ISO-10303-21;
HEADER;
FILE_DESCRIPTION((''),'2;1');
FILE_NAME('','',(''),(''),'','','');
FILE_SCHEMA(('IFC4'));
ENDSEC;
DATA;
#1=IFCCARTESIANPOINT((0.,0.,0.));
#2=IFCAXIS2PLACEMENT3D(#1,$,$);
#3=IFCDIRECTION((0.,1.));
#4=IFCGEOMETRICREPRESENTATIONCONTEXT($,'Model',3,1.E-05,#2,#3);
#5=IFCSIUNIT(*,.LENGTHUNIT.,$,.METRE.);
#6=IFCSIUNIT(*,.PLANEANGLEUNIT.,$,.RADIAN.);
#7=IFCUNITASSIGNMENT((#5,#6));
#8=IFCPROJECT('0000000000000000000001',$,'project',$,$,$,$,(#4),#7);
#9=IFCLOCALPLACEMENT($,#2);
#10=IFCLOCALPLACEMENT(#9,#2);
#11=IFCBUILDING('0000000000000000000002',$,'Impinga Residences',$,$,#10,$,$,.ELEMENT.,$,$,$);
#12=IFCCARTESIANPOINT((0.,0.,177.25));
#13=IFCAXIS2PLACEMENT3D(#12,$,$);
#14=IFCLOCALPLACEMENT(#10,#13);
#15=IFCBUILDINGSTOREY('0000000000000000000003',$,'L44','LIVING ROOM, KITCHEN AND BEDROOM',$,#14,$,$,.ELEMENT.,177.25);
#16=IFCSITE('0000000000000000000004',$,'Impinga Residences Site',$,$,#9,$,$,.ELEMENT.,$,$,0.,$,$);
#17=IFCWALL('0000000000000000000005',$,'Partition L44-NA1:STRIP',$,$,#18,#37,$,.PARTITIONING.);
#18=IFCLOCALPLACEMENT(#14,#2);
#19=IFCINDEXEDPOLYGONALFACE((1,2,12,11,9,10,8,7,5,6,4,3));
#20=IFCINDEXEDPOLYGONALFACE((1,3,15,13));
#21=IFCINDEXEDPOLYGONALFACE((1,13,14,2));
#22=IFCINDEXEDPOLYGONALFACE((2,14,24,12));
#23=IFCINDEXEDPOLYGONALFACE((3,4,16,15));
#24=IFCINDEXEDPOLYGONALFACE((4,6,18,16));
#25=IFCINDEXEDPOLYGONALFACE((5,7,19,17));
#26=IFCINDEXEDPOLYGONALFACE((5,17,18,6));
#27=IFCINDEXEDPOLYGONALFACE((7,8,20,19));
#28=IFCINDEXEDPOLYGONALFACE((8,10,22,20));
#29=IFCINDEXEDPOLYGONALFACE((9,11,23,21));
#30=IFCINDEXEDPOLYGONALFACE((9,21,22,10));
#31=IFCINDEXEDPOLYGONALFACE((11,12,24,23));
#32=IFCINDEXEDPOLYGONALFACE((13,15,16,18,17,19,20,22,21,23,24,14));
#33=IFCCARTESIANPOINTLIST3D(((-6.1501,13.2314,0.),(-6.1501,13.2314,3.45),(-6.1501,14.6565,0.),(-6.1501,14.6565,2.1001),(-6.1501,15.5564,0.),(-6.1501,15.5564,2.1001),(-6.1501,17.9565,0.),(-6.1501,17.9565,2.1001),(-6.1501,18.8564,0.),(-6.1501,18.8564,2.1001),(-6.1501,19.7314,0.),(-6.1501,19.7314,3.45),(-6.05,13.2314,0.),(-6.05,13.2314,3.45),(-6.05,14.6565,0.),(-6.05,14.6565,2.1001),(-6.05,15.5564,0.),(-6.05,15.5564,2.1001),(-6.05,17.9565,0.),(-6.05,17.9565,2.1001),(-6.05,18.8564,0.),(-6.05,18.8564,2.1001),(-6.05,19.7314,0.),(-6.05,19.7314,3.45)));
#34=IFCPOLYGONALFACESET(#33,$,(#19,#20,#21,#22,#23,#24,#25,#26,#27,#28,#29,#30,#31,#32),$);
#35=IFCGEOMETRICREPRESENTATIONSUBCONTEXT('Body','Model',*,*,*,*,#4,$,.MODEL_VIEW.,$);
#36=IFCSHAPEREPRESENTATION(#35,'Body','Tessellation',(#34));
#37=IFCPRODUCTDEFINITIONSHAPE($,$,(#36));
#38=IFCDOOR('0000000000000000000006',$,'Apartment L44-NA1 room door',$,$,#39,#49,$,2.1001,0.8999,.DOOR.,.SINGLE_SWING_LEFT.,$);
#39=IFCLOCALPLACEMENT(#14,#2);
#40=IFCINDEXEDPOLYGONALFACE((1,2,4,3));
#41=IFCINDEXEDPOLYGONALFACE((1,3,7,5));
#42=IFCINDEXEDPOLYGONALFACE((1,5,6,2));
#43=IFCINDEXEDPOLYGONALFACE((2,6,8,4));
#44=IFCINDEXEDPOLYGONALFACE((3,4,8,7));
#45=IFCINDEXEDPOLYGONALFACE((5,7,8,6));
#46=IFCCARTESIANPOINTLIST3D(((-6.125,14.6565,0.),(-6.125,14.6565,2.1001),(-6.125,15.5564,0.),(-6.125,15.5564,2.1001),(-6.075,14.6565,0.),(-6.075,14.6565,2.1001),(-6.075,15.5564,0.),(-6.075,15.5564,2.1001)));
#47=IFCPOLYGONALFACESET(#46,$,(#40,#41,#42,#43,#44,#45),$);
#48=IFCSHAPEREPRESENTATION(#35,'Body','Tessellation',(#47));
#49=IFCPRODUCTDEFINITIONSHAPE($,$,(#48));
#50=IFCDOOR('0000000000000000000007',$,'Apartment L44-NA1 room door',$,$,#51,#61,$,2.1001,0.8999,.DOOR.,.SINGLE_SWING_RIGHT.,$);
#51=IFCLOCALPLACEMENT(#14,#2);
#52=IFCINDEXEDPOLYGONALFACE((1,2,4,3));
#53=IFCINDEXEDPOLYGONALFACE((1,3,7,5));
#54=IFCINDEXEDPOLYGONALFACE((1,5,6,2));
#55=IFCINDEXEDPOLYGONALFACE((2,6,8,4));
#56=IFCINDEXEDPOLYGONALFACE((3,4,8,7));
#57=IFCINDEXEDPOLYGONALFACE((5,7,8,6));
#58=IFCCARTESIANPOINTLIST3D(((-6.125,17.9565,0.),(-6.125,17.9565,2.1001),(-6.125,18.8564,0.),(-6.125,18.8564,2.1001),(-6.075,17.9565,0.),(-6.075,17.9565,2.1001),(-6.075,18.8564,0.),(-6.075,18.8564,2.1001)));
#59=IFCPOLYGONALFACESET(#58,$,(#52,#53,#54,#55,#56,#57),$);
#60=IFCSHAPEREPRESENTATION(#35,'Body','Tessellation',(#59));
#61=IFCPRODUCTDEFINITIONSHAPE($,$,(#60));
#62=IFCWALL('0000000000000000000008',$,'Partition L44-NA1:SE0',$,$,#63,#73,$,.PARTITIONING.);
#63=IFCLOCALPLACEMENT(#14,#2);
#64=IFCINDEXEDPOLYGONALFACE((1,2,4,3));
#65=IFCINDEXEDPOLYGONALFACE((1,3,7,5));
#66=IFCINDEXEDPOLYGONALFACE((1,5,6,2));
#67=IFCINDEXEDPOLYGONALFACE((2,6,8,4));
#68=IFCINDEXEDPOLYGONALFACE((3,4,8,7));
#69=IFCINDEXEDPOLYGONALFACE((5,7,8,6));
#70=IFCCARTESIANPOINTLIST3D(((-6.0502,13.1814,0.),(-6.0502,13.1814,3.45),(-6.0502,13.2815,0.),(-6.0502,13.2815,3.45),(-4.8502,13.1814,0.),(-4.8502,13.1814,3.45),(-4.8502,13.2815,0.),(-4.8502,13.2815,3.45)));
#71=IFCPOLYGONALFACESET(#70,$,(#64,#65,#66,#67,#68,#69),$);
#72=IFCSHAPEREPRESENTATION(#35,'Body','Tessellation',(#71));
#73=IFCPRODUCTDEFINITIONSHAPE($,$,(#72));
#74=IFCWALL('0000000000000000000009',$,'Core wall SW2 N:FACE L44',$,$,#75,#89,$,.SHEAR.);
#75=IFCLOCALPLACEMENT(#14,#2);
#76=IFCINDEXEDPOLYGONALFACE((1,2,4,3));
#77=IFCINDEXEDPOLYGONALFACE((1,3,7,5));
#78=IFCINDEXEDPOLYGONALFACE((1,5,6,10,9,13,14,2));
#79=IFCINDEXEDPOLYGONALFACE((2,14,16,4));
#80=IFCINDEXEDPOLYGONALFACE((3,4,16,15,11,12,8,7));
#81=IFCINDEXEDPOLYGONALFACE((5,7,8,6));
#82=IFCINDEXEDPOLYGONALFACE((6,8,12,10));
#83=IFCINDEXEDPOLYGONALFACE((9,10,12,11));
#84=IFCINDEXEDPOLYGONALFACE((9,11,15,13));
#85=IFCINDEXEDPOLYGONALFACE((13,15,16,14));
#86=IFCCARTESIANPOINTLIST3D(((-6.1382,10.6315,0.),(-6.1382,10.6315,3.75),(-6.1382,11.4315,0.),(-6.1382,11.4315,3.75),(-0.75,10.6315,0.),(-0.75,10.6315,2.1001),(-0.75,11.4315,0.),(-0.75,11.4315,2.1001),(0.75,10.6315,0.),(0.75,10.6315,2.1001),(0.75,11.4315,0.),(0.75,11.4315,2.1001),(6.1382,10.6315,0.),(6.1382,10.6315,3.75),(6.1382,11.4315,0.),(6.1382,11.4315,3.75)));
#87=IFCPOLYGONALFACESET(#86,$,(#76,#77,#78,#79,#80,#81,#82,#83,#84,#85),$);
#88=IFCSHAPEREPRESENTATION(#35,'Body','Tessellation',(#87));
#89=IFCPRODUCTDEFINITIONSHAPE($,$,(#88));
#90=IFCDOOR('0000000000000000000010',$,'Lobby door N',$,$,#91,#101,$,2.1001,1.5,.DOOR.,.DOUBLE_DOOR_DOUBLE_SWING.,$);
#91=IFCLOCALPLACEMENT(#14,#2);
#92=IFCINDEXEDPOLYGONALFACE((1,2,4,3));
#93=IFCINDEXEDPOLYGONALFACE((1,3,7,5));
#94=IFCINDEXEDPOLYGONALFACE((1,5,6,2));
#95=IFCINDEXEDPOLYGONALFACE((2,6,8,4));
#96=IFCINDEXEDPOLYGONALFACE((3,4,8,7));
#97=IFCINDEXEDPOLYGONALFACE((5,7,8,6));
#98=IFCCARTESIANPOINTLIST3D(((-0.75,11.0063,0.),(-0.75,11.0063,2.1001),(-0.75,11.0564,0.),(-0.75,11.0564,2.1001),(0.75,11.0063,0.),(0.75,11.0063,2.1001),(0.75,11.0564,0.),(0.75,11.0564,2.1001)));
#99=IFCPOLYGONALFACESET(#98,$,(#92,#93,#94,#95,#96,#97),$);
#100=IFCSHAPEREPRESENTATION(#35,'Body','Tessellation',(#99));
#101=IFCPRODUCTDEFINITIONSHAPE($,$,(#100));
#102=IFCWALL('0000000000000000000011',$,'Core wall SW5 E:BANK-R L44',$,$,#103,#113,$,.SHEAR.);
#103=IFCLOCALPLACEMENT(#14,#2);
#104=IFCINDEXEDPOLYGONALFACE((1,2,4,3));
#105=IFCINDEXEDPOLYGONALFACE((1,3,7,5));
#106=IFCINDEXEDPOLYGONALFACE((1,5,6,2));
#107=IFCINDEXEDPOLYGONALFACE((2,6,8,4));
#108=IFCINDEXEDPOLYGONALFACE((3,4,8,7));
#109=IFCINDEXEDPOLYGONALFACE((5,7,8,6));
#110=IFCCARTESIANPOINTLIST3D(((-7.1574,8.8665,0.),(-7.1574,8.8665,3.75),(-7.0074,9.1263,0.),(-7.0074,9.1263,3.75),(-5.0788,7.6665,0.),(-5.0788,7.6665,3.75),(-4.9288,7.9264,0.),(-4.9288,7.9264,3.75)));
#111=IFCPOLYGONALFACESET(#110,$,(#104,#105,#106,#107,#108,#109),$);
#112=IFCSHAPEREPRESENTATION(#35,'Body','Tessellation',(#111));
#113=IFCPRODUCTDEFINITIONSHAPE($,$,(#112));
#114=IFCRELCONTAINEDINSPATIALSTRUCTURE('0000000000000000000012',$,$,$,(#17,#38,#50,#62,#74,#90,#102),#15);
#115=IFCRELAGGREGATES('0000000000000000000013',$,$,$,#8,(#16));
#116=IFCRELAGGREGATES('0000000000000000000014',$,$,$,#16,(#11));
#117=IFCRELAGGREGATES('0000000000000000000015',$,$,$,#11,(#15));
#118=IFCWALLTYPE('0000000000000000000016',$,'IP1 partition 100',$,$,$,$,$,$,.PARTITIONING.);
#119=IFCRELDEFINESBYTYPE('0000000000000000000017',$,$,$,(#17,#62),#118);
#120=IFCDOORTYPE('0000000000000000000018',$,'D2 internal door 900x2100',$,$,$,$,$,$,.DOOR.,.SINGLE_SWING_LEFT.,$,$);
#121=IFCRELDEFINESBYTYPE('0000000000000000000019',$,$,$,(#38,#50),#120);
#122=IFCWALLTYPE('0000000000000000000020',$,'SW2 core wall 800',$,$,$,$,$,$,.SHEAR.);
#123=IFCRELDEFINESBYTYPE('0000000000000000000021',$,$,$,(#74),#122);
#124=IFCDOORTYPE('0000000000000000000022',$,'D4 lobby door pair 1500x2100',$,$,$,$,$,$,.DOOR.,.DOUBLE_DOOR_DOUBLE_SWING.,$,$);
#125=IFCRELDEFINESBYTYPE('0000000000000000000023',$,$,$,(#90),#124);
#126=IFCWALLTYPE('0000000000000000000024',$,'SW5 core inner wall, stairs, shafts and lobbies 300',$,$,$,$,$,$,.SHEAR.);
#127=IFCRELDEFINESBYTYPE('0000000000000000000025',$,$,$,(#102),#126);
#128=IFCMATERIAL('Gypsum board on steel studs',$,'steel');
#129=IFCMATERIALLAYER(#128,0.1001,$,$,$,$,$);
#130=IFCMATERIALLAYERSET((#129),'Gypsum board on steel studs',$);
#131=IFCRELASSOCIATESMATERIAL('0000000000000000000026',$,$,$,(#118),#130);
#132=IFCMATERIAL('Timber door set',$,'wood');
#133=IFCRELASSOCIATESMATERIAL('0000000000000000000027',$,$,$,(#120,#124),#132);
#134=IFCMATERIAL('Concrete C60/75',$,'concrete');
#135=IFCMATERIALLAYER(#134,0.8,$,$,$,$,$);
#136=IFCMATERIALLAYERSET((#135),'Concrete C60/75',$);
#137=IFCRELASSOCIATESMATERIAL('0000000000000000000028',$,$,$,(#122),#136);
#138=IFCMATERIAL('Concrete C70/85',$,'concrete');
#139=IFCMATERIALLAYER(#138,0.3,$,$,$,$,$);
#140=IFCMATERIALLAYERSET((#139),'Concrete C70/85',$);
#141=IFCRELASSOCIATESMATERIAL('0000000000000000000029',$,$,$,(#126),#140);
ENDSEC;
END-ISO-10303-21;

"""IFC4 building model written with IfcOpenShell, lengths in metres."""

from ifc_helpers import new_model, si_unit, direction, frame, frame_2d, origin, place, context, subcontext, project, spatial, rectangle, extrude, material, layer, layer_set, type_object, element, fill, save


model = new_model("IFC4")

# Units and contexts
model_context = context("Model", 3, precision=1e-05, world=origin(), true_north=direction((0.0, 1.0)))
body_context = subcontext(model_context, "Body", "Model", "MODEL_VIEW")
ifc_project = project(units=[si_unit("LENGTHUNIT", "METRE"), si_unit("PLANEANGLEUNIT", "RADIAN")], contexts=[model_context])

# Site, building, storey
site_placement = place(None, origin())
site = spatial("IfcSite", under=ifc_project, at=site_placement, Name="Impinga Residences Site", CompositionType="ELEMENT", RefElevation=0.0)
building_placement = place(site_placement, origin())
building = spatial("IfcBuilding", under=site, at=building_placement, Name="Impinga Residences", CompositionType="ELEMENT")
storey_placement = place(building_placement, frame((0.0, 0.0, 177.25)))
storey = spatial("IfcBuildingStorey", under=building, at=storey_placement, Name="L44", Description="LIVING ROOM, KITCHEN AND BEDROOM", CompositionType="ELEMENT", Elevation=177.25)

# Shared definitions
ifc_material_1 = material(Name="Concrete C60/75", Category="concrete")

# Shared definitions
ifc_material_2 = material(Name="Timber door set", Category="wood")

# Shared definitions
ifc_material_3 = material(Name="Gypsum board on steel studs", Category="steel")
ifc_layer_1 = layer(ifc_material_3, 0.1001)
ifc_layer_set_1 = layer_set([ifc_layer_1], Name="Gypsum board on steel studs")
wall_type_1 = type_object("IfcWallType", Name="IP1 partition 100", PredefinedType="PARTITIONING", material=ifc_layer_set_1)

# Wall, openings, doors
wall_1_placement = place(storey_placement, frame((-6.1001, 13.2314, 0.0), z_axis=(0.0, 0.0, 1.0), x_axis=(0.0, 1.0, 0.0)))
wall_1 = element("IfcWall", 1, at=wall_1_placement, inside=storey, type_object=wall_type_1, Name="Partition L44-NA1:STRIP", PredefinedType="PARTITIONING", context=body_context, shape_type="SweptSolid", body=[
    extrude(rectangle(XDim=6.5, YDim=0.1001, at=frame_2d((3.25, 0.0))), origin(), (0.0, 0.0, 1.0), 3.45),
])
opening_1_placement = place(wall_1_placement, frame((1.425, 0.0, 0.0)))
opening_1 = element("IfcOpeningElement", 2, at=opening_1_placement, cuts=wall_1, PredefinedType="OPENING", context=body_context, shape_type="SweptSolid", body=[
    extrude(rectangle(XDim=0.8999, YDim=2.1001, at=frame_2d((0.45, 1.05))), frame((0.0, 0.0601, 0.0), z_axis=(0.0, -1.0, 0.0), x_axis=(1.0, 0.0, 0.0)), (0.0, 0.0, 1.0), 0.1201),
])
opening_2_placement = place(wall_1_placement, frame((4.7251, 0.0, 0.0)))
opening_2 = element("IfcOpeningElement", 3, at=opening_2_placement, cuts=wall_1, PredefinedType="OPENING", context=body_context, shape_type="SweptSolid", body=[
    extrude(rectangle(XDim=0.8999, YDim=2.1001, at=frame_2d((0.45, 1.05))), frame((0.0, 0.0601, 0.0), z_axis=(0.0, -1.0, 0.0), x_axis=(1.0, 0.0, 0.0)), (0.0, 0.0, 1.0), 0.1201),
])
door_type_1 = type_object("IfcDoorType", Name="D2 internal door 900x2100", OperationType="SINGLE_SWING_LEFT", PredefinedType="DOOR", material=ifc_material_2)
door_1_placement = place(opening_1_placement, origin())
door_1 = element("IfcDoor", 4, at=door_1_placement, inside=storey, type_object=door_type_1, Name="Apartment L44-NA1 room door", OperationType="SINGLE_SWING_LEFT", OverallHeight=2.1001, OverallWidth=0.8999, PredefinedType="DOOR", context=body_context, shape_type="SweptSolid", body=[
    extrude(rectangle(XDim=0.8999, YDim=2.1001, at=frame_2d((0.45, 1.05))), frame((0.0, 0.0249, 0.0), z_axis=(0.0, -1.0, 0.0), x_axis=(1.0, 0.0, 0.0)), (0.0, 0.0, 1.0), 0.05),
])
fill(opening_1, door_1)
door_2_placement = place(opening_2_placement, origin())
door_2 = element("IfcDoor", 5, at=door_2_placement, inside=storey, type_object=door_type_1, Name="Apartment L44-NA1 room door", OperationType="SINGLE_SWING_RIGHT", OverallHeight=2.1001, OverallWidth=0.8999, PredefinedType="DOOR", context=body_context, shape_type="SweptSolid", body=[
    extrude(rectangle(XDim=0.8999, YDim=2.1001, at=frame_2d((0.45, 1.05))), frame((0.0, 0.0249, 0.0), z_axis=(0.0, -1.0, 0.0), x_axis=(1.0, 0.0, 0.0)), (0.0, 0.0, 1.0), 0.05),
])
fill(opening_2, door_2)

# Wall
wall_2_placement = place(storey_placement, frame((-4.8501, 13.2314, 0.0), z_axis=(0.0, 0.0, 1.0), x_axis=(-1.0, 0.0, 0.0)))
element("IfcWall", 6, at=wall_2_placement, inside=storey, type_object=wall_type_1, Name="Partition L44-NA1:SE0", PredefinedType="PARTITIONING", context=body_context, shape_type="SweptSolid", body=[
    extrude(rectangle(XDim=1.2, YDim=0.1001, at=frame_2d((0.6001, 0.0))), origin(), (0.0, 0.0, 1.0), 3.45),
])

# Wall, opening, door
ifc_layer_2 = layer(ifc_material_1, 0.8)
ifc_layer_set_2 = layer_set([ifc_layer_2], Name="Concrete C60/75")
wall_type_2 = type_object("IfcWallType", Name="SW2 core wall 800", PredefinedType="SHEAR", material=ifc_layer_set_2)
wall_3_placement = place(storey_placement, frame((-6.1382, 11.0315, 0.0), z_axis=(0.0, 0.0, 1.0), x_axis=(1.0, 0.0, 0.0)))
wall_3 = element("IfcWall", 7, at=wall_3_placement, inside=storey, type_object=wall_type_2, Name="Core wall SW2 N:FACE L44", PredefinedType="SHEAR", context=body_context, shape_type="SweptSolid", body=[
    extrude(rectangle(XDim=12.2764, YDim=0.8, at=frame_2d((6.1382, 0.0))), origin(), (0.0, 0.0, 1.0), 3.75),
])
opening_3_placement = place(wall_3_placement, frame((5.3882, 0.0, 0.0)))
opening_3 = element("IfcOpeningElement", 8, at=opening_3_placement, cuts=wall_3, PredefinedType="OPENING", context=body_context, shape_type="SweptSolid", body=[
    extrude(rectangle(XDim=1.5, YDim=2.1001, at=frame_2d((0.75, 1.05))), frame((0.0, 0.4099, 0.0), z_axis=(0.0, -1.0, 0.0), x_axis=(1.0, 0.0, 0.0)), (0.0, 0.0, 1.0), 0.8201),
])
door_type_2 = type_object("IfcDoorType", Name="D4 lobby door pair 1500x2100", OperationType="DOUBLE_DOOR_DOUBLE_SWING", PredefinedType="DOOR", material=ifc_material_2)
door_3_placement = place(opening_3_placement, origin())
door_3 = element("IfcDoor", 9, at=door_3_placement, inside=storey, type_object=door_type_2, Name="Lobby door N", OperationType="DOUBLE_DOOR_DOUBLE_SWING", OverallHeight=2.1001, OverallWidth=1.5, PredefinedType="DOOR", context=body_context, shape_type="SweptSolid", body=[
    extrude(rectangle(XDim=1.5, YDim=2.1001, at=frame_2d((0.75, 1.05))), frame((0.0, 0.0249, 0.0), z_axis=(0.0, -1.0, 0.0), x_axis=(1.0, 0.0, 0.0)), (0.0, 0.0, 1.0), 0.05),
])
fill(opening_3, door_3)

# Wall
ifc_material_4 = material(Name="Concrete C70/85", Category="concrete")
ifc_layer_3 = layer(ifc_material_4, 0.3)
ifc_layer_set_3 = layer_set([ifc_layer_3], Name="Concrete C70/85")
wall_type_3 = type_object("IfcWallType", Name="SW5 core inner wall, stairs, shafts and lobbies 300", PredefinedType="SHEAR", material=ifc_layer_set_3)
wall_4_placement = place(storey_placement, frame((-5.0037, 7.7964, 0.0), z_axis=(0.0, 0.0, 1.0), x_axis=(-0.86605, 0.499957, 0.0)))
element("IfcWall", 10, at=wall_4_placement, inside=storey, type_object=wall_type_3, Name="Core wall SW5 E:BANK-R L44", PredefinedType="SHEAR", context=body_context, shape_type="SweptSolid", body=[
    extrude(rectangle(XDim=2.4001, YDim=0.3, at=frame_2d((1.2002, 0.0))), origin(), (0.0, 0.0, 1.0), 3.75),
])

save(model, "model.ifc")
